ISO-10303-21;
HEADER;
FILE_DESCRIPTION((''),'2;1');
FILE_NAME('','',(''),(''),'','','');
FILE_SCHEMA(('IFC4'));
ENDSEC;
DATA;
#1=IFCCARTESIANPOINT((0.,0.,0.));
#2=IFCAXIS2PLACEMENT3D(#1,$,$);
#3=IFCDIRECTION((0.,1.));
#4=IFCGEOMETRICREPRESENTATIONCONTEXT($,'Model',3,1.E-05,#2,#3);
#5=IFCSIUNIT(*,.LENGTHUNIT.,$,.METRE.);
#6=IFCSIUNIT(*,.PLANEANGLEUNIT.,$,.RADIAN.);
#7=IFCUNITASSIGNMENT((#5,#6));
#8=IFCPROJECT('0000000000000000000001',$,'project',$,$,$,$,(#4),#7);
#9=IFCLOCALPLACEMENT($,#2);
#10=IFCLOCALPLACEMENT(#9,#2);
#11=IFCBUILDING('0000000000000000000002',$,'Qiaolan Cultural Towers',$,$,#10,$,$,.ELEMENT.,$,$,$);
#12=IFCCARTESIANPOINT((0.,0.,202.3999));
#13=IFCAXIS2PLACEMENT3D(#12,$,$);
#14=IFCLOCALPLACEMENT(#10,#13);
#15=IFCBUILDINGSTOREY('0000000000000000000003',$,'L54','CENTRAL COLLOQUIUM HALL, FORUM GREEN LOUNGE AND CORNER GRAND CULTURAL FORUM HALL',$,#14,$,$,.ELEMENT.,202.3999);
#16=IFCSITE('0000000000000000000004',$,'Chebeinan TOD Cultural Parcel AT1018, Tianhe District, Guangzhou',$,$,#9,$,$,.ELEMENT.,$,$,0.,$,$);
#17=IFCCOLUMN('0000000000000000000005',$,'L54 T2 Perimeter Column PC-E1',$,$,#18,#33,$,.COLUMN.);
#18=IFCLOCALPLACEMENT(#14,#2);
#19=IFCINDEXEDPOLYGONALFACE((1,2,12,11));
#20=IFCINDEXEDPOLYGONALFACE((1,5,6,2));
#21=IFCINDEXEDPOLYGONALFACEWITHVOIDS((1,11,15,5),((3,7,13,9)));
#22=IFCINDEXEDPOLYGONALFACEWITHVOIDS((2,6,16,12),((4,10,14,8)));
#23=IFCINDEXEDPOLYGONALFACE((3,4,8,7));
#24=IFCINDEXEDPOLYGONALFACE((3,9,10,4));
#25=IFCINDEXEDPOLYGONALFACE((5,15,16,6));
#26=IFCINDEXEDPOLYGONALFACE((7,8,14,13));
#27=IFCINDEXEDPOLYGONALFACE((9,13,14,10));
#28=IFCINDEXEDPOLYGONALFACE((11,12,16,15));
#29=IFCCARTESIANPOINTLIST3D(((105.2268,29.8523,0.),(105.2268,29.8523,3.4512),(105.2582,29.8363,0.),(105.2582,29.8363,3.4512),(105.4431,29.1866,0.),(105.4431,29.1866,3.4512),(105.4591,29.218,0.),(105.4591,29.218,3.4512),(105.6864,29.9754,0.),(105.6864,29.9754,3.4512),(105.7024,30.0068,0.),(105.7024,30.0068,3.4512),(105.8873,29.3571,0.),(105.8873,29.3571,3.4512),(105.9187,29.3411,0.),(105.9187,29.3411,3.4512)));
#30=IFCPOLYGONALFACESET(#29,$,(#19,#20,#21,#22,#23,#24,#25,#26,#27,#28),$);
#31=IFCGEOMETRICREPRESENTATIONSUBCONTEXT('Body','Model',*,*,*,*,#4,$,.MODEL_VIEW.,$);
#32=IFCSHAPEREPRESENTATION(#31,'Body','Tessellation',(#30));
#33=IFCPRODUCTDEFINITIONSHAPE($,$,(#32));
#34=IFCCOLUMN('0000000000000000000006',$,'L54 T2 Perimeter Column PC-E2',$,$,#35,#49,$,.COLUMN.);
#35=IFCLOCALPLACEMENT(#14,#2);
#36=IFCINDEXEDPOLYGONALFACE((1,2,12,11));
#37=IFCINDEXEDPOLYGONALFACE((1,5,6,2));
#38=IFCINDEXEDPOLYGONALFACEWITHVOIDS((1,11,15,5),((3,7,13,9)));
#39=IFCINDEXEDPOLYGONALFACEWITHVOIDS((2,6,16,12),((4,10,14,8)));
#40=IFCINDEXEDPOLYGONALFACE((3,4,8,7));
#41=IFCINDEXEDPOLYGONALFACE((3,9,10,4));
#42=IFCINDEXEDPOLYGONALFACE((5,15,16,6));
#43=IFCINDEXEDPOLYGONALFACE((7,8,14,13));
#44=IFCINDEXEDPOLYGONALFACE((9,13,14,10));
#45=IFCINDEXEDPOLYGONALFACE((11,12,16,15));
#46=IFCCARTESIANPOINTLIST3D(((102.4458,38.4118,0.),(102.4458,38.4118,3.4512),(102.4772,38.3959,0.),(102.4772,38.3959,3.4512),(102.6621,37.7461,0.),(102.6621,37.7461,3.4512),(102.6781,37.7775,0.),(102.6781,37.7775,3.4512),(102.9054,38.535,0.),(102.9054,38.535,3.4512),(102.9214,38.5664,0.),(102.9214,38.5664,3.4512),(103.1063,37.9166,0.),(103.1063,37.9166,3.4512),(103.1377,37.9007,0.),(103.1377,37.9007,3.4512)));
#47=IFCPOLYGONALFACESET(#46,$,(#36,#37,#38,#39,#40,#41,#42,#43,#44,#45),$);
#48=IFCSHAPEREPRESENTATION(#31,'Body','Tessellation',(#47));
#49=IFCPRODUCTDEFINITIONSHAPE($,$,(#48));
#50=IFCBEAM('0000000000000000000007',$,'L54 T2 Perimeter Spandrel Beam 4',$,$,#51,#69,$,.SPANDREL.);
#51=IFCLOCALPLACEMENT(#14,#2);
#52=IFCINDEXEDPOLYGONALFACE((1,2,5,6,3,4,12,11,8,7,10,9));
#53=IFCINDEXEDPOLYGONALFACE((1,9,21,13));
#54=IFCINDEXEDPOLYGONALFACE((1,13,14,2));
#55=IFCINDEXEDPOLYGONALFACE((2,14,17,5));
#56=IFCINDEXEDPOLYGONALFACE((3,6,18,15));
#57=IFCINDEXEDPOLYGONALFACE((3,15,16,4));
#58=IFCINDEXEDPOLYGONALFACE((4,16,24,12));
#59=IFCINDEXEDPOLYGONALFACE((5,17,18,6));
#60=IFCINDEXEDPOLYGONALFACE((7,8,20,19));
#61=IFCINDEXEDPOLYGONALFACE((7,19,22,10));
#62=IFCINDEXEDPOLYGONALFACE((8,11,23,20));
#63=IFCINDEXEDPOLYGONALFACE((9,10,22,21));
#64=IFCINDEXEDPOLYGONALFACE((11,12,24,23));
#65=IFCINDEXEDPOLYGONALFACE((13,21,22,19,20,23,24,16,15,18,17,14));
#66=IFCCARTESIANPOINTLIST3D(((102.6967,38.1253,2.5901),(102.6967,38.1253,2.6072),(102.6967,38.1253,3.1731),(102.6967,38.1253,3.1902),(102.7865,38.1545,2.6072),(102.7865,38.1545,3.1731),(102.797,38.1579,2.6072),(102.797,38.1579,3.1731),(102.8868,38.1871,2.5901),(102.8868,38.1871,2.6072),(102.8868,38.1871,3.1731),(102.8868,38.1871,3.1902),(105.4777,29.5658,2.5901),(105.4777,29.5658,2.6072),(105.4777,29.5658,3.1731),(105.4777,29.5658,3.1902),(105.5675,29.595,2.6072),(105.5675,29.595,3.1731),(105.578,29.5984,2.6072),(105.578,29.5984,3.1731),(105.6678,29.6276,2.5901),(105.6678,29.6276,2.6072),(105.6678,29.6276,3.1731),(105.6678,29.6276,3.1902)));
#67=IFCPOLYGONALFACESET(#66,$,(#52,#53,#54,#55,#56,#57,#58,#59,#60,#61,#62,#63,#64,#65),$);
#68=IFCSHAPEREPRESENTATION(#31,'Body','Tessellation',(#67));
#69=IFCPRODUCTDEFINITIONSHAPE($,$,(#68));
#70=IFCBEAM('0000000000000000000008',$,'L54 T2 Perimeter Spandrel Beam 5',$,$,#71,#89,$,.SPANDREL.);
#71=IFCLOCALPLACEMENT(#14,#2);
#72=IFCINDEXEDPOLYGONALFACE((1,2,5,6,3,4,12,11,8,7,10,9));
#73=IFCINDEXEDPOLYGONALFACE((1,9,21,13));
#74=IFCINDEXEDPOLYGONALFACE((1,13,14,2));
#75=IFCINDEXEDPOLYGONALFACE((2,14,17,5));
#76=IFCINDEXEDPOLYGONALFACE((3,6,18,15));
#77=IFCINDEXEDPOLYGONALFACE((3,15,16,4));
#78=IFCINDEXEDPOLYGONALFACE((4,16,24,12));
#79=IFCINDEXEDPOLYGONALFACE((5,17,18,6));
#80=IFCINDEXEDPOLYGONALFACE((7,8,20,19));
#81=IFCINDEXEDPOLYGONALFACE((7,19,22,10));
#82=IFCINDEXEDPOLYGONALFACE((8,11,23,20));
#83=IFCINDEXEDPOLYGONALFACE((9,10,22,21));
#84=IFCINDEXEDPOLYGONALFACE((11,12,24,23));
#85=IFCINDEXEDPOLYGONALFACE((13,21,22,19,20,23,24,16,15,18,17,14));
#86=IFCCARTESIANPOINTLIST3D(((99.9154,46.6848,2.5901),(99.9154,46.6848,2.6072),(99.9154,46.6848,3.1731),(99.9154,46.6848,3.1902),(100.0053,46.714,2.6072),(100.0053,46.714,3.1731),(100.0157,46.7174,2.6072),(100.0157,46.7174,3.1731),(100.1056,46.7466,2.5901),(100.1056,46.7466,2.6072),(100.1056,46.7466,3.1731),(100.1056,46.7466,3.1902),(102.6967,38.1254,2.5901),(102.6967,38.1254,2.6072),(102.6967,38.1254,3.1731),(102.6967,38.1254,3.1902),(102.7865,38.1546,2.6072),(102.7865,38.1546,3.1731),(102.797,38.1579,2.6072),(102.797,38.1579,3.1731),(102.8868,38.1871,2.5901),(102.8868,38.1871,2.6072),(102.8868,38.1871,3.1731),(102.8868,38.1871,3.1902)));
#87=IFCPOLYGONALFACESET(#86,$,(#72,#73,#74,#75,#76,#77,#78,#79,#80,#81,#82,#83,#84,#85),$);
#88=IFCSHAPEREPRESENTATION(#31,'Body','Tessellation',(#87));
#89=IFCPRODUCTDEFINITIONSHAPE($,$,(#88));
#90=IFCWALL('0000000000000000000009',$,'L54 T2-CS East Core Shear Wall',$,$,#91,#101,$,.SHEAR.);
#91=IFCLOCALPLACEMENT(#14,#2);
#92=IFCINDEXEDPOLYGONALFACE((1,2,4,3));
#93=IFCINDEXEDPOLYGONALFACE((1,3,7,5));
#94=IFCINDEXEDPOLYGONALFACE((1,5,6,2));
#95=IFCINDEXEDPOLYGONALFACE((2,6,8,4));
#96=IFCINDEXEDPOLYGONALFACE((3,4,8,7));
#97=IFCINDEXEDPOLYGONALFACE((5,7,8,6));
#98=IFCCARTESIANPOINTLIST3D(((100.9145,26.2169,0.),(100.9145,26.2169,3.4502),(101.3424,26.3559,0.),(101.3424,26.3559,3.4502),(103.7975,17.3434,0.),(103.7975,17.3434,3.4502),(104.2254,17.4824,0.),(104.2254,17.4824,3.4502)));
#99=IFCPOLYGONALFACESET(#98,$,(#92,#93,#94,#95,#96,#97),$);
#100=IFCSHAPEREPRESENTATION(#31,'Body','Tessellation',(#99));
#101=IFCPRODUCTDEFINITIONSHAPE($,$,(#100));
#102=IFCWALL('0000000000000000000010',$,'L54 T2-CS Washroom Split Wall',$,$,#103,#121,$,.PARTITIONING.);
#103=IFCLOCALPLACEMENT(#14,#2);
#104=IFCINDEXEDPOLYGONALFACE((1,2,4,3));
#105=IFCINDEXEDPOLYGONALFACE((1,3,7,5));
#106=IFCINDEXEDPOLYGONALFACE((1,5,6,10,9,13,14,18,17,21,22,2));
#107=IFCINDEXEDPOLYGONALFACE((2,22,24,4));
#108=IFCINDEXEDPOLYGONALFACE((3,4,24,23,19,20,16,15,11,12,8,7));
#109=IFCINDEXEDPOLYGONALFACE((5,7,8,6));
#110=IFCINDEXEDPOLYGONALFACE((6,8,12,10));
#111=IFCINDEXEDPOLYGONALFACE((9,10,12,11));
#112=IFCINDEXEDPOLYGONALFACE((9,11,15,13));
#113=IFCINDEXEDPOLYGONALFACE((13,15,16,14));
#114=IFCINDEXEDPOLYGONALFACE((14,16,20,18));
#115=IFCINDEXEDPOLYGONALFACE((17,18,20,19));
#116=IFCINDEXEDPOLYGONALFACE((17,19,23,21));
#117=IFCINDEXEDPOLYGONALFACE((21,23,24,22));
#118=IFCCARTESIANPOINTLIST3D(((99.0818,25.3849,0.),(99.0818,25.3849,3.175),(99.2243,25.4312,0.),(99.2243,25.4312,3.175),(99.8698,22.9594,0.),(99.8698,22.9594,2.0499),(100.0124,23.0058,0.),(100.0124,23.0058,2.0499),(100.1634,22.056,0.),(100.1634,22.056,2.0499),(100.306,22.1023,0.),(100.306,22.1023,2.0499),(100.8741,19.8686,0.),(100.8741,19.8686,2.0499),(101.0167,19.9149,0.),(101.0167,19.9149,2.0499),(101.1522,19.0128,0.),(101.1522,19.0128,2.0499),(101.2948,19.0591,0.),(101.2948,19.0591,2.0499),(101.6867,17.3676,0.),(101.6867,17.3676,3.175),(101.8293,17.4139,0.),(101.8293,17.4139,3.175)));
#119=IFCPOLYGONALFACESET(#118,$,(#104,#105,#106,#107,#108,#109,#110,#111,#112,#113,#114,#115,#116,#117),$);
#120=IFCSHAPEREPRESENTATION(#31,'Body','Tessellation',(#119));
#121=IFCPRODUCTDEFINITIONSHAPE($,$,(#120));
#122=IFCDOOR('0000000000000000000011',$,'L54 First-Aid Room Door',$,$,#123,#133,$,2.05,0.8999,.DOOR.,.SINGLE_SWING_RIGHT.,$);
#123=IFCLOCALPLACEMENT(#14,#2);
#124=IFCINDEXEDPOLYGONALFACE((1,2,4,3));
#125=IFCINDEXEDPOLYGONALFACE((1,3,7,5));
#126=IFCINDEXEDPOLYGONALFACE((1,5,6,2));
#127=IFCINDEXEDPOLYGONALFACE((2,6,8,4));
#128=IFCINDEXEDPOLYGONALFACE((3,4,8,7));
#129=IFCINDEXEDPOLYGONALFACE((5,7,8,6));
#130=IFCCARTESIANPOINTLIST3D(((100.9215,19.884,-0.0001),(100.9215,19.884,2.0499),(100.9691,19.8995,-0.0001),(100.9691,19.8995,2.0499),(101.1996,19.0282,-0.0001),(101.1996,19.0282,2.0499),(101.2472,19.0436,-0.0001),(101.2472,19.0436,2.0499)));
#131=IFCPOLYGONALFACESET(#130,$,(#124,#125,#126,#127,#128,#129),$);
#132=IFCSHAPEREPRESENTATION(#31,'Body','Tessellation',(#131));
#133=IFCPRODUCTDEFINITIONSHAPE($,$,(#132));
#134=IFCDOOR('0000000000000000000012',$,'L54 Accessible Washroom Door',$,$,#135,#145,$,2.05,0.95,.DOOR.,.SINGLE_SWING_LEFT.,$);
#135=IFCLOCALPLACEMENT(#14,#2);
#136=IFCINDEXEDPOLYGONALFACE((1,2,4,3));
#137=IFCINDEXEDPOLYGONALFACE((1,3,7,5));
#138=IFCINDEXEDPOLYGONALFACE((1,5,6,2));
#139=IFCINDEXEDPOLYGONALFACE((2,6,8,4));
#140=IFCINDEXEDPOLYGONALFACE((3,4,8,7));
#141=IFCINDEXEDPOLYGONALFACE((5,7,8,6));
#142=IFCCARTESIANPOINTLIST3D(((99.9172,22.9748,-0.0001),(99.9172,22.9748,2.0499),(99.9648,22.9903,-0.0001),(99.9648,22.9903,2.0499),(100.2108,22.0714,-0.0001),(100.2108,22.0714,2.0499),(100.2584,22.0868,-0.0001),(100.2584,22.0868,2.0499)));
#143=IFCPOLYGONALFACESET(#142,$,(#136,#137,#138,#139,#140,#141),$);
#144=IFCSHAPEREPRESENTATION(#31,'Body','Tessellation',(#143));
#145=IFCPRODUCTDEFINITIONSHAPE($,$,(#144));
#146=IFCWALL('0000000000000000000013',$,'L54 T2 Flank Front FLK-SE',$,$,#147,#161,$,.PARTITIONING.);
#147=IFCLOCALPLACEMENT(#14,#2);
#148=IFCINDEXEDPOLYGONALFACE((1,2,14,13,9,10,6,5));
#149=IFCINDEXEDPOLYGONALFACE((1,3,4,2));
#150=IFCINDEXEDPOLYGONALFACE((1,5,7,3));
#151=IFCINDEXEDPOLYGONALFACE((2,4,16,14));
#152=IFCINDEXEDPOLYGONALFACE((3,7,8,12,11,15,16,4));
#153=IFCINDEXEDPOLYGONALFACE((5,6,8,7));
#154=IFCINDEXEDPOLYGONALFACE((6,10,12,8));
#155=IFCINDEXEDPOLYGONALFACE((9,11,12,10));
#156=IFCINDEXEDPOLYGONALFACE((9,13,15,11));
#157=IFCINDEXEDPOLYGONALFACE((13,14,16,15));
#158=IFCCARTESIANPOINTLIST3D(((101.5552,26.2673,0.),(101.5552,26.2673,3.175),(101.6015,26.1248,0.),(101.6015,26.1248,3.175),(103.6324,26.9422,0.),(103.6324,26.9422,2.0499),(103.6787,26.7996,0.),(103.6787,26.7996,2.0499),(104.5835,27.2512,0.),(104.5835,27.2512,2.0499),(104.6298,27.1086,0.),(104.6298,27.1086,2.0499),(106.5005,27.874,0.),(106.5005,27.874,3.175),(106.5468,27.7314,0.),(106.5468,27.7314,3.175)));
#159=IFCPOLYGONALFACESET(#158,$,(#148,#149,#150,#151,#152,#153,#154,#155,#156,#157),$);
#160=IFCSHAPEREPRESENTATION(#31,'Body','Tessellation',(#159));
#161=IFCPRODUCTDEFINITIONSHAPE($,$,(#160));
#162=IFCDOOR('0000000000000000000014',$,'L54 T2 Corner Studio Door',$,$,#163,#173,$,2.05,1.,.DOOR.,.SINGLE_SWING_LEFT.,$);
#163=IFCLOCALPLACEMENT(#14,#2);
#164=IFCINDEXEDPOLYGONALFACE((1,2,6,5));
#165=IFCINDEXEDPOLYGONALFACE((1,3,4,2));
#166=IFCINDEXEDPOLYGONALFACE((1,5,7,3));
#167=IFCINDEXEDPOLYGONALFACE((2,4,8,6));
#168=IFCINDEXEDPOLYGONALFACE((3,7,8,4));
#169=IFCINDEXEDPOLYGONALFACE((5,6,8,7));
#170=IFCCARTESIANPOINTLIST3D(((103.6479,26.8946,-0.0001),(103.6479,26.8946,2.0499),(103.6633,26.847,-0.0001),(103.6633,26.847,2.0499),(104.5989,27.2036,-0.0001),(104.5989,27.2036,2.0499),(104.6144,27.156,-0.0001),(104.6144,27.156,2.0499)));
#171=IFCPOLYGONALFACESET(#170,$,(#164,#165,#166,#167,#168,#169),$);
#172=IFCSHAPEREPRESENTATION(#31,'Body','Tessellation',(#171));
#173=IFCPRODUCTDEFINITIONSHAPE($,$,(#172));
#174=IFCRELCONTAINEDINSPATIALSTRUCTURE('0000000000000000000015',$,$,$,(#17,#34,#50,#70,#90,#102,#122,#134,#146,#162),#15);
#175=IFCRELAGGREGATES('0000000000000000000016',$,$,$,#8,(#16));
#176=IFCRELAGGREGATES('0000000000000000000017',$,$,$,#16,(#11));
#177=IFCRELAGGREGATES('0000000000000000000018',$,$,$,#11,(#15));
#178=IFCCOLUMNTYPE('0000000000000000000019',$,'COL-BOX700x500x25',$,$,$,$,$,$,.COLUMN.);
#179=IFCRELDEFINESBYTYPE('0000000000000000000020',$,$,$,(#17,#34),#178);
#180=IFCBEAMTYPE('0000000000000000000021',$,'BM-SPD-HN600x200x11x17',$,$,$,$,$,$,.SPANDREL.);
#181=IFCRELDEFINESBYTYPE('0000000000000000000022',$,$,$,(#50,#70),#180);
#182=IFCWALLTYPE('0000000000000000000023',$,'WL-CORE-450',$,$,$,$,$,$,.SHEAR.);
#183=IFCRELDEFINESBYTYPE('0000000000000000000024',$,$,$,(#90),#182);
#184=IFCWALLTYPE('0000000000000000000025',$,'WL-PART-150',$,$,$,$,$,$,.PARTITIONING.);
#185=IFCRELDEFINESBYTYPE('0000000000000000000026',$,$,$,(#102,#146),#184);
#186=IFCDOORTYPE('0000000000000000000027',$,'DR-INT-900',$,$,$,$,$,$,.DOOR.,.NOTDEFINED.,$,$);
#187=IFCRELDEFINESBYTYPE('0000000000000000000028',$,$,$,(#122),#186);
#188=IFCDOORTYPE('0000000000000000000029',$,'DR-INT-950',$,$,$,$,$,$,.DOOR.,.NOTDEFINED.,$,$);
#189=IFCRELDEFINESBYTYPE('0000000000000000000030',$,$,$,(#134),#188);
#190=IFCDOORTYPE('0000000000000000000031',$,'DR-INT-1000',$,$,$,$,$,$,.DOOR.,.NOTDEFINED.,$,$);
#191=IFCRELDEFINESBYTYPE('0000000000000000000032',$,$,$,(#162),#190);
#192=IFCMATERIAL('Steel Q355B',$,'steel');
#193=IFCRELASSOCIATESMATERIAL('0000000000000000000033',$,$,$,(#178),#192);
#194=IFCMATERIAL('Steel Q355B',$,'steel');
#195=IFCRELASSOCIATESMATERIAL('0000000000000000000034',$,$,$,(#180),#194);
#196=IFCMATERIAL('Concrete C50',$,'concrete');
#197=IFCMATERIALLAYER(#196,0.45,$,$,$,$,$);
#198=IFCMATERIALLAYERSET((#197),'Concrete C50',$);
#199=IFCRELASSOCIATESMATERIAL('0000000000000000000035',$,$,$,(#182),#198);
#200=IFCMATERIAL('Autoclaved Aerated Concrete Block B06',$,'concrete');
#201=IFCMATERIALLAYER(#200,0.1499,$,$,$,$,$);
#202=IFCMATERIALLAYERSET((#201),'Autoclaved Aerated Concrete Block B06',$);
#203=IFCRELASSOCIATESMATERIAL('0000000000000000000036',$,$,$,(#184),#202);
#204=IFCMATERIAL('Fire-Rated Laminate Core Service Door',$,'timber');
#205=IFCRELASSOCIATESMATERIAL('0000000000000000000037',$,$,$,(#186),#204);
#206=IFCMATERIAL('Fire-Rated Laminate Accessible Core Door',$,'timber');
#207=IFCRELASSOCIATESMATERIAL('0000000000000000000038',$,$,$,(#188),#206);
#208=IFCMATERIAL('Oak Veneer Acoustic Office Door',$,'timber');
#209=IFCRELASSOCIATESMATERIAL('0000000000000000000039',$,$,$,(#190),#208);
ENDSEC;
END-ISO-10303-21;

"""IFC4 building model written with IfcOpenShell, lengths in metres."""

from ifc_helpers import new_model, si_unit, direction, frame, frame_2d, origin, origin_2d, place, context, subcontext, project, spatial, rectangle, hollow_rectangle, i_section, extrude, material, layer, layer_set, material_profile, profile_set, type_object, element, fill, save


model = new_model("IFC4")

# Units and contexts
model_context = context("Model", 3, precision=1e-05, world=origin(), true_north=direction((0.0, 1.0)))
body_context = subcontext(model_context, "Body", "Model", "MODEL_VIEW")
ifc_project = project(units=[si_unit("LENGTHUNIT", "METRE"), si_unit("PLANEANGLEUNIT", "RADIAN")], contexts=[model_context])

# Site, building, storey
site_placement = place(None, origin())
site = spatial("IfcSite", under=ifc_project, at=site_placement, Name="Chebeinan TOD Cultural Parcel AT1018, Tianhe District, Guangzhou", CompositionType="ELEMENT", RefElevation=0.0)
building_placement = place(site_placement, origin())
building = spatial("IfcBuilding", under=site, at=building_placement, Name="Qiaolan Cultural Towers", CompositionType="ELEMENT")
storey_placement = place(building_placement, frame((0.0, 0.0, 202.3999)))
storey = spatial("IfcBuildingStorey", under=building, at=storey_placement, Name="L54", Description="CENTRAL COLLOQUIUM HALL, FORUM GREEN LOUNGE AND CORNER GRAND CULTURAL FORUM HALL", CompositionType="ELEMENT", Elevation=202.3999)

# Columns
ifc_material_1 = material(Name="Steel Q355B", Category="steel")
ifc_material_profile_1 = material_profile(ifc_material_1, hollow_rectangle(XDim=0.5, YDim=0.7, WallThickness=0.0249, at=origin_2d()), Name="BOX700x500x25")
ifc_profile_set_1 = profile_set([ifc_material_profile_1], Name="Steel Q355B")
column_type = type_object("IfcColumnType", Name="COL-BOX700x500x25", PredefinedType="COLUMN", material=ifc_profile_set_1)
for number, where, z_axis, x_axis, name in (
    (1, (105.5728, 29.5967, 0.0), (0.0, 0.0, 1.0), (0.951057, 0.309017, 0.0), "L54 T2 Perimeter Column PC-E1"),
    (2, (102.7917, 38.1562, 0.0), (0.0, 0.0, 1.0), (0.951057, 0.309017, 0.0), "L54 T2 Perimeter Column PC-E2"),
):
    element("IfcColumn", number, at=place(storey_placement, frame(where, z_axis=z_axis, x_axis=x_axis)), inside=storey, type_object=column_type, Name=name, PredefinedType="COLUMN", context=body_context, shape_type="SweptSolid", body=[
        extrude(hollow_rectangle(XDim=0.5, YDim=0.7, WallThickness=0.0249, at=origin_2d()), origin(), (0.0, 0.0, 1.0), 3.4512),
    ])

# Beams
ifc_material_2 = material(Name="Steel Q355B", Category="steel")
ifc_material_profile_2 = material_profile(ifc_material_2, i_section(OverallWidth=0.2, OverallDepth=0.6001, WebThickness=0.011, FlangeThickness=0.0171, at=origin_2d()), Name="HN600x200x11x17")
ifc_profile_set_2 = profile_set([ifc_material_profile_2], Name="Steel Q355B")
beam_type = type_object("IfcBeamType", Name="BM-SPD-HN600x200x11x17", PredefinedType="SPANDREL", material=ifc_profile_set_2)
for number, where, z_axis, x_axis, name in (
    (3, (105.5728, 29.5967, 2.8901), (-0.309, 0.951062, 0.0), (-0.951062, -0.309, 0.0), "L54 T2 Perimeter Spandrel Beam 4"),
    (4, (102.7917, 38.1562, 2.8901), (-0.309025, 0.951054, 0.0), (-0.951054, -0.309025, 0.0), "L54 T2 Perimeter Spandrel Beam 5"),
):
    element("IfcBeam", number, at=place(storey_placement, frame(where, z_axis=z_axis, x_axis=x_axis)), inside=storey, type_object=beam_type, Name=name, PredefinedType="SPANDREL", context=body_context, shape_type="SweptSolid", body=[
        extrude(i_section(OverallWidth=0.2, OverallDepth=0.6001, WebThickness=0.011, FlangeThickness=0.0171, at=origin_2d()), origin(), (0.0, 0.0, 1.0), 9.0),
    ])

# Wall
ifc_material_3 = material(Name="Concrete C50", Category="concrete")
ifc_layer_1 = layer(ifc_material_3, 0.45)
ifc_layer_set_1 = layer_set([ifc_layer_1], Name="Concrete C50")
wall_type_1 = type_object("IfcWallType", Name="WL-CORE-450", PredefinedType="SHEAR", material=ifc_layer_set_1)
wall_1_placement = place(storey_placement, frame((101.1284, 26.2864, 0.0), z_axis=(0.0, 0.0, 1.0), x_axis=(0.309004, -0.951061, 0.0)))
element("IfcWall", 5, at=wall_1_placement, inside=storey, type_object=wall_type_1, Name="L54 T2-CS East Core Shear Wall", PredefinedType="SHEAR", context=body_context, shape_type="SweptSolid", body=[
    extrude(rectangle(XDim=9.3301, YDim=0.45, at=frame_2d((4.665, 0.0))), origin(), (0.0, 0.0, 1.0), 3.4502),
])

# Wall, openings, doors
ifc_material_4 = material(Name="Autoclaved Aerated Concrete Block B06", Category="concrete")
ifc_layer_2 = layer(ifc_material_4, 0.1499)
ifc_layer_set_2 = layer_set([ifc_layer_2], Name="Autoclaved Aerated Concrete Block B06")
wall_type_2 = type_object("IfcWallType", Name="WL-PART-150", PredefinedType="PARTITIONING", material=ifc_layer_set_2)
wall_2_placement = place(storey_placement, frame((99.1531, 25.408, 0.0), z_axis=(0.0, 0.0, 1.0), x_axis=(0.309016, -0.951057, 0.0)))
wall_2 = element("IfcWall", 6, at=wall_2_placement, inside=storey, type_object=wall_type_2, Name="L54 T2-CS Washroom Split Wall", PredefinedType="PARTITIONING", context=body_context, shape_type="SweptSolid", body=[
    extrude(rectangle(XDim=8.4299, YDim=0.1499, at=frame_2d((4.2148, 0.0))), origin(), (0.0, 0.0, 1.0), 3.175),
])
opening_1_placement = place(wall_2_placement, frame((2.55, 0.0, 0.0)))
opening_1 = element("IfcOpeningElement", 7, at=opening_1_placement, cuts=wall_2, PredefinedType="OPENING", context=body_context, shape_type="SweptSolid", body=[
    extrude(rectangle(XDim=0.95, YDim=2.05, at=frame_2d((0.4751, 1.0249))), frame((0.0, 0.085, 0.0), z_axis=(0.0, -1.0, 0.0), x_axis=(1.0, 0.0, 0.0)), (0.0, 0.0, 1.0), 0.1699),
])
opening_2_placement = place(wall_2_placement, frame((5.8, 0.0, 0.0)))
opening_2 = element("IfcOpeningElement", 8, at=opening_2_placement, cuts=wall_2, PredefinedType="OPENING", context=body_context, shape_type="SweptSolid", body=[
    extrude(rectangle(XDim=0.8999, YDim=2.05, at=frame_2d((0.45, 1.0249))), frame((0.0, 0.085, 0.0), z_axis=(0.0, -1.0, 0.0), x_axis=(1.0, 0.0, 0.0)), (0.0, 0.0, 1.0), 0.1699),
])
ifc_material_5 = material(Name="Fire-Rated Laminate Core Service Door", Category="timber")
door_type_1 = type_object("IfcDoorType", Name="DR-INT-900", OperationType="NOTDEFINED", PredefinedType="DOOR", material=ifc_material_5)
door_1_placement = place(opening_2_placement, origin())
door_1 = element("IfcDoor", 9, at=door_1_placement, inside=storey, type_object=door_type_1, Name="L54 First-Aid Room Door", OperationType="SINGLE_SWING_RIGHT", OverallHeight=2.05, OverallWidth=0.8999, PredefinedType="DOOR", context=body_context, shape_type="SweptSolid", body=[
    extrude(rectangle(XDim=0.8999, YDim=2.05, at=frame_2d((0.45, 1.0249))), frame((0.0, 0.0249, 0.0), z_axis=(0.0, -1.0, 0.0), x_axis=(1.0, 0.0, 0.0)), (0.0, 0.0, 1.0), 0.05),
])
fill(opening_2, door_1)
ifc_material_6 = material(Name="Fire-Rated Laminate Accessible Core Door", Category="timber")
door_type_2 = type_object("IfcDoorType", Name="DR-INT-950", OperationType="NOTDEFINED", PredefinedType="DOOR", material=ifc_material_6)
door_2_placement = place(opening_1_placement, origin())
door_2 = element("IfcDoor", 10, at=door_2_placement, inside=storey, type_object=door_type_2, Name="L54 Accessible Washroom Door", OperationType="SINGLE_SWING_LEFT", OverallHeight=2.05, OverallWidth=0.95, PredefinedType="DOOR", context=body_context, shape_type="SweptSolid", body=[
    extrude(rectangle(XDim=0.95, YDim=2.05, at=frame_2d((0.4751, 1.0249))), frame((0.0, 0.0249, 0.0), z_axis=(0.0, -1.0, 0.0), x_axis=(1.0, 0.0, 0.0)), (0.0, 0.0, 1.0), 0.05),
])
fill(opening_1, door_2)

# Wall, opening, door
wall_3_placement = place(storey_placement, frame((101.5784, 26.196, 0.0), z_axis=(0.0, 0.0, 1.0), x_axis=(0.951064, 0.308993, 0.0)))
wall_3 = element("IfcWall", 11, at=wall_3_placement, inside=storey, type_object=wall_type_2, Name="L54 T2 Flank Front FLK-SE", PredefinedType="PARTITIONING", context=body_context, shape_type="SweptSolid", body=[
    extrude(rectangle(XDim=5.1997, YDim=0.1499, at=frame_2d((2.5999, 0.0))), origin(), (0.0, 0.0, 1.0), 3.175),
])
opening_3_placement = place(wall_3_placement, frame((2.1841, 0.0, 0.0)))
opening_3 = element("IfcOpeningElement", 12, at=opening_3_placement, cuts=wall_3, PredefinedType="OPENING", context=body_context, shape_type="SweptSolid", body=[
    extrude(rectangle(XDim=1.0, YDim=2.05, at=frame_2d((0.5, 1.0249))), frame((0.0, 0.085, 0.0), z_axis=(0.0, -1.0, 0.0), x_axis=(1.0, 0.0, 0.0)), (0.0, 0.0, 1.0), 0.1699),
])
ifc_material_7 = material(Name="Oak Veneer Acoustic Office Door", Category="timber")
door_type_3 = type_object("IfcDoorType", Name="DR-INT-1000", OperationType="NOTDEFINED", PredefinedType="DOOR", material=ifc_material_7)
door_3_placement = place(opening_3_placement, origin())
door_3 = element("IfcDoor", 13, at=door_3_placement, inside=storey, type_object=door_type_3, Name="L54 T2 Corner Studio Door", OperationType="SINGLE_SWING_LEFT", OverallHeight=2.05, OverallWidth=1.0, PredefinedType="DOOR", context=body_context, shape_type="SweptSolid", body=[
    extrude(rectangle(XDim=1.0, YDim=2.05, at=frame_2d((0.5, 1.0249))), frame((0.0, 0.0249, 0.0), z_axis=(0.0, -1.0, 0.0), x_axis=(1.0, 0.0, 0.0)), (0.0, 0.0, 1.0), 0.05),
])
fill(opening_3, door_3)

save(model, "model.ifc")
